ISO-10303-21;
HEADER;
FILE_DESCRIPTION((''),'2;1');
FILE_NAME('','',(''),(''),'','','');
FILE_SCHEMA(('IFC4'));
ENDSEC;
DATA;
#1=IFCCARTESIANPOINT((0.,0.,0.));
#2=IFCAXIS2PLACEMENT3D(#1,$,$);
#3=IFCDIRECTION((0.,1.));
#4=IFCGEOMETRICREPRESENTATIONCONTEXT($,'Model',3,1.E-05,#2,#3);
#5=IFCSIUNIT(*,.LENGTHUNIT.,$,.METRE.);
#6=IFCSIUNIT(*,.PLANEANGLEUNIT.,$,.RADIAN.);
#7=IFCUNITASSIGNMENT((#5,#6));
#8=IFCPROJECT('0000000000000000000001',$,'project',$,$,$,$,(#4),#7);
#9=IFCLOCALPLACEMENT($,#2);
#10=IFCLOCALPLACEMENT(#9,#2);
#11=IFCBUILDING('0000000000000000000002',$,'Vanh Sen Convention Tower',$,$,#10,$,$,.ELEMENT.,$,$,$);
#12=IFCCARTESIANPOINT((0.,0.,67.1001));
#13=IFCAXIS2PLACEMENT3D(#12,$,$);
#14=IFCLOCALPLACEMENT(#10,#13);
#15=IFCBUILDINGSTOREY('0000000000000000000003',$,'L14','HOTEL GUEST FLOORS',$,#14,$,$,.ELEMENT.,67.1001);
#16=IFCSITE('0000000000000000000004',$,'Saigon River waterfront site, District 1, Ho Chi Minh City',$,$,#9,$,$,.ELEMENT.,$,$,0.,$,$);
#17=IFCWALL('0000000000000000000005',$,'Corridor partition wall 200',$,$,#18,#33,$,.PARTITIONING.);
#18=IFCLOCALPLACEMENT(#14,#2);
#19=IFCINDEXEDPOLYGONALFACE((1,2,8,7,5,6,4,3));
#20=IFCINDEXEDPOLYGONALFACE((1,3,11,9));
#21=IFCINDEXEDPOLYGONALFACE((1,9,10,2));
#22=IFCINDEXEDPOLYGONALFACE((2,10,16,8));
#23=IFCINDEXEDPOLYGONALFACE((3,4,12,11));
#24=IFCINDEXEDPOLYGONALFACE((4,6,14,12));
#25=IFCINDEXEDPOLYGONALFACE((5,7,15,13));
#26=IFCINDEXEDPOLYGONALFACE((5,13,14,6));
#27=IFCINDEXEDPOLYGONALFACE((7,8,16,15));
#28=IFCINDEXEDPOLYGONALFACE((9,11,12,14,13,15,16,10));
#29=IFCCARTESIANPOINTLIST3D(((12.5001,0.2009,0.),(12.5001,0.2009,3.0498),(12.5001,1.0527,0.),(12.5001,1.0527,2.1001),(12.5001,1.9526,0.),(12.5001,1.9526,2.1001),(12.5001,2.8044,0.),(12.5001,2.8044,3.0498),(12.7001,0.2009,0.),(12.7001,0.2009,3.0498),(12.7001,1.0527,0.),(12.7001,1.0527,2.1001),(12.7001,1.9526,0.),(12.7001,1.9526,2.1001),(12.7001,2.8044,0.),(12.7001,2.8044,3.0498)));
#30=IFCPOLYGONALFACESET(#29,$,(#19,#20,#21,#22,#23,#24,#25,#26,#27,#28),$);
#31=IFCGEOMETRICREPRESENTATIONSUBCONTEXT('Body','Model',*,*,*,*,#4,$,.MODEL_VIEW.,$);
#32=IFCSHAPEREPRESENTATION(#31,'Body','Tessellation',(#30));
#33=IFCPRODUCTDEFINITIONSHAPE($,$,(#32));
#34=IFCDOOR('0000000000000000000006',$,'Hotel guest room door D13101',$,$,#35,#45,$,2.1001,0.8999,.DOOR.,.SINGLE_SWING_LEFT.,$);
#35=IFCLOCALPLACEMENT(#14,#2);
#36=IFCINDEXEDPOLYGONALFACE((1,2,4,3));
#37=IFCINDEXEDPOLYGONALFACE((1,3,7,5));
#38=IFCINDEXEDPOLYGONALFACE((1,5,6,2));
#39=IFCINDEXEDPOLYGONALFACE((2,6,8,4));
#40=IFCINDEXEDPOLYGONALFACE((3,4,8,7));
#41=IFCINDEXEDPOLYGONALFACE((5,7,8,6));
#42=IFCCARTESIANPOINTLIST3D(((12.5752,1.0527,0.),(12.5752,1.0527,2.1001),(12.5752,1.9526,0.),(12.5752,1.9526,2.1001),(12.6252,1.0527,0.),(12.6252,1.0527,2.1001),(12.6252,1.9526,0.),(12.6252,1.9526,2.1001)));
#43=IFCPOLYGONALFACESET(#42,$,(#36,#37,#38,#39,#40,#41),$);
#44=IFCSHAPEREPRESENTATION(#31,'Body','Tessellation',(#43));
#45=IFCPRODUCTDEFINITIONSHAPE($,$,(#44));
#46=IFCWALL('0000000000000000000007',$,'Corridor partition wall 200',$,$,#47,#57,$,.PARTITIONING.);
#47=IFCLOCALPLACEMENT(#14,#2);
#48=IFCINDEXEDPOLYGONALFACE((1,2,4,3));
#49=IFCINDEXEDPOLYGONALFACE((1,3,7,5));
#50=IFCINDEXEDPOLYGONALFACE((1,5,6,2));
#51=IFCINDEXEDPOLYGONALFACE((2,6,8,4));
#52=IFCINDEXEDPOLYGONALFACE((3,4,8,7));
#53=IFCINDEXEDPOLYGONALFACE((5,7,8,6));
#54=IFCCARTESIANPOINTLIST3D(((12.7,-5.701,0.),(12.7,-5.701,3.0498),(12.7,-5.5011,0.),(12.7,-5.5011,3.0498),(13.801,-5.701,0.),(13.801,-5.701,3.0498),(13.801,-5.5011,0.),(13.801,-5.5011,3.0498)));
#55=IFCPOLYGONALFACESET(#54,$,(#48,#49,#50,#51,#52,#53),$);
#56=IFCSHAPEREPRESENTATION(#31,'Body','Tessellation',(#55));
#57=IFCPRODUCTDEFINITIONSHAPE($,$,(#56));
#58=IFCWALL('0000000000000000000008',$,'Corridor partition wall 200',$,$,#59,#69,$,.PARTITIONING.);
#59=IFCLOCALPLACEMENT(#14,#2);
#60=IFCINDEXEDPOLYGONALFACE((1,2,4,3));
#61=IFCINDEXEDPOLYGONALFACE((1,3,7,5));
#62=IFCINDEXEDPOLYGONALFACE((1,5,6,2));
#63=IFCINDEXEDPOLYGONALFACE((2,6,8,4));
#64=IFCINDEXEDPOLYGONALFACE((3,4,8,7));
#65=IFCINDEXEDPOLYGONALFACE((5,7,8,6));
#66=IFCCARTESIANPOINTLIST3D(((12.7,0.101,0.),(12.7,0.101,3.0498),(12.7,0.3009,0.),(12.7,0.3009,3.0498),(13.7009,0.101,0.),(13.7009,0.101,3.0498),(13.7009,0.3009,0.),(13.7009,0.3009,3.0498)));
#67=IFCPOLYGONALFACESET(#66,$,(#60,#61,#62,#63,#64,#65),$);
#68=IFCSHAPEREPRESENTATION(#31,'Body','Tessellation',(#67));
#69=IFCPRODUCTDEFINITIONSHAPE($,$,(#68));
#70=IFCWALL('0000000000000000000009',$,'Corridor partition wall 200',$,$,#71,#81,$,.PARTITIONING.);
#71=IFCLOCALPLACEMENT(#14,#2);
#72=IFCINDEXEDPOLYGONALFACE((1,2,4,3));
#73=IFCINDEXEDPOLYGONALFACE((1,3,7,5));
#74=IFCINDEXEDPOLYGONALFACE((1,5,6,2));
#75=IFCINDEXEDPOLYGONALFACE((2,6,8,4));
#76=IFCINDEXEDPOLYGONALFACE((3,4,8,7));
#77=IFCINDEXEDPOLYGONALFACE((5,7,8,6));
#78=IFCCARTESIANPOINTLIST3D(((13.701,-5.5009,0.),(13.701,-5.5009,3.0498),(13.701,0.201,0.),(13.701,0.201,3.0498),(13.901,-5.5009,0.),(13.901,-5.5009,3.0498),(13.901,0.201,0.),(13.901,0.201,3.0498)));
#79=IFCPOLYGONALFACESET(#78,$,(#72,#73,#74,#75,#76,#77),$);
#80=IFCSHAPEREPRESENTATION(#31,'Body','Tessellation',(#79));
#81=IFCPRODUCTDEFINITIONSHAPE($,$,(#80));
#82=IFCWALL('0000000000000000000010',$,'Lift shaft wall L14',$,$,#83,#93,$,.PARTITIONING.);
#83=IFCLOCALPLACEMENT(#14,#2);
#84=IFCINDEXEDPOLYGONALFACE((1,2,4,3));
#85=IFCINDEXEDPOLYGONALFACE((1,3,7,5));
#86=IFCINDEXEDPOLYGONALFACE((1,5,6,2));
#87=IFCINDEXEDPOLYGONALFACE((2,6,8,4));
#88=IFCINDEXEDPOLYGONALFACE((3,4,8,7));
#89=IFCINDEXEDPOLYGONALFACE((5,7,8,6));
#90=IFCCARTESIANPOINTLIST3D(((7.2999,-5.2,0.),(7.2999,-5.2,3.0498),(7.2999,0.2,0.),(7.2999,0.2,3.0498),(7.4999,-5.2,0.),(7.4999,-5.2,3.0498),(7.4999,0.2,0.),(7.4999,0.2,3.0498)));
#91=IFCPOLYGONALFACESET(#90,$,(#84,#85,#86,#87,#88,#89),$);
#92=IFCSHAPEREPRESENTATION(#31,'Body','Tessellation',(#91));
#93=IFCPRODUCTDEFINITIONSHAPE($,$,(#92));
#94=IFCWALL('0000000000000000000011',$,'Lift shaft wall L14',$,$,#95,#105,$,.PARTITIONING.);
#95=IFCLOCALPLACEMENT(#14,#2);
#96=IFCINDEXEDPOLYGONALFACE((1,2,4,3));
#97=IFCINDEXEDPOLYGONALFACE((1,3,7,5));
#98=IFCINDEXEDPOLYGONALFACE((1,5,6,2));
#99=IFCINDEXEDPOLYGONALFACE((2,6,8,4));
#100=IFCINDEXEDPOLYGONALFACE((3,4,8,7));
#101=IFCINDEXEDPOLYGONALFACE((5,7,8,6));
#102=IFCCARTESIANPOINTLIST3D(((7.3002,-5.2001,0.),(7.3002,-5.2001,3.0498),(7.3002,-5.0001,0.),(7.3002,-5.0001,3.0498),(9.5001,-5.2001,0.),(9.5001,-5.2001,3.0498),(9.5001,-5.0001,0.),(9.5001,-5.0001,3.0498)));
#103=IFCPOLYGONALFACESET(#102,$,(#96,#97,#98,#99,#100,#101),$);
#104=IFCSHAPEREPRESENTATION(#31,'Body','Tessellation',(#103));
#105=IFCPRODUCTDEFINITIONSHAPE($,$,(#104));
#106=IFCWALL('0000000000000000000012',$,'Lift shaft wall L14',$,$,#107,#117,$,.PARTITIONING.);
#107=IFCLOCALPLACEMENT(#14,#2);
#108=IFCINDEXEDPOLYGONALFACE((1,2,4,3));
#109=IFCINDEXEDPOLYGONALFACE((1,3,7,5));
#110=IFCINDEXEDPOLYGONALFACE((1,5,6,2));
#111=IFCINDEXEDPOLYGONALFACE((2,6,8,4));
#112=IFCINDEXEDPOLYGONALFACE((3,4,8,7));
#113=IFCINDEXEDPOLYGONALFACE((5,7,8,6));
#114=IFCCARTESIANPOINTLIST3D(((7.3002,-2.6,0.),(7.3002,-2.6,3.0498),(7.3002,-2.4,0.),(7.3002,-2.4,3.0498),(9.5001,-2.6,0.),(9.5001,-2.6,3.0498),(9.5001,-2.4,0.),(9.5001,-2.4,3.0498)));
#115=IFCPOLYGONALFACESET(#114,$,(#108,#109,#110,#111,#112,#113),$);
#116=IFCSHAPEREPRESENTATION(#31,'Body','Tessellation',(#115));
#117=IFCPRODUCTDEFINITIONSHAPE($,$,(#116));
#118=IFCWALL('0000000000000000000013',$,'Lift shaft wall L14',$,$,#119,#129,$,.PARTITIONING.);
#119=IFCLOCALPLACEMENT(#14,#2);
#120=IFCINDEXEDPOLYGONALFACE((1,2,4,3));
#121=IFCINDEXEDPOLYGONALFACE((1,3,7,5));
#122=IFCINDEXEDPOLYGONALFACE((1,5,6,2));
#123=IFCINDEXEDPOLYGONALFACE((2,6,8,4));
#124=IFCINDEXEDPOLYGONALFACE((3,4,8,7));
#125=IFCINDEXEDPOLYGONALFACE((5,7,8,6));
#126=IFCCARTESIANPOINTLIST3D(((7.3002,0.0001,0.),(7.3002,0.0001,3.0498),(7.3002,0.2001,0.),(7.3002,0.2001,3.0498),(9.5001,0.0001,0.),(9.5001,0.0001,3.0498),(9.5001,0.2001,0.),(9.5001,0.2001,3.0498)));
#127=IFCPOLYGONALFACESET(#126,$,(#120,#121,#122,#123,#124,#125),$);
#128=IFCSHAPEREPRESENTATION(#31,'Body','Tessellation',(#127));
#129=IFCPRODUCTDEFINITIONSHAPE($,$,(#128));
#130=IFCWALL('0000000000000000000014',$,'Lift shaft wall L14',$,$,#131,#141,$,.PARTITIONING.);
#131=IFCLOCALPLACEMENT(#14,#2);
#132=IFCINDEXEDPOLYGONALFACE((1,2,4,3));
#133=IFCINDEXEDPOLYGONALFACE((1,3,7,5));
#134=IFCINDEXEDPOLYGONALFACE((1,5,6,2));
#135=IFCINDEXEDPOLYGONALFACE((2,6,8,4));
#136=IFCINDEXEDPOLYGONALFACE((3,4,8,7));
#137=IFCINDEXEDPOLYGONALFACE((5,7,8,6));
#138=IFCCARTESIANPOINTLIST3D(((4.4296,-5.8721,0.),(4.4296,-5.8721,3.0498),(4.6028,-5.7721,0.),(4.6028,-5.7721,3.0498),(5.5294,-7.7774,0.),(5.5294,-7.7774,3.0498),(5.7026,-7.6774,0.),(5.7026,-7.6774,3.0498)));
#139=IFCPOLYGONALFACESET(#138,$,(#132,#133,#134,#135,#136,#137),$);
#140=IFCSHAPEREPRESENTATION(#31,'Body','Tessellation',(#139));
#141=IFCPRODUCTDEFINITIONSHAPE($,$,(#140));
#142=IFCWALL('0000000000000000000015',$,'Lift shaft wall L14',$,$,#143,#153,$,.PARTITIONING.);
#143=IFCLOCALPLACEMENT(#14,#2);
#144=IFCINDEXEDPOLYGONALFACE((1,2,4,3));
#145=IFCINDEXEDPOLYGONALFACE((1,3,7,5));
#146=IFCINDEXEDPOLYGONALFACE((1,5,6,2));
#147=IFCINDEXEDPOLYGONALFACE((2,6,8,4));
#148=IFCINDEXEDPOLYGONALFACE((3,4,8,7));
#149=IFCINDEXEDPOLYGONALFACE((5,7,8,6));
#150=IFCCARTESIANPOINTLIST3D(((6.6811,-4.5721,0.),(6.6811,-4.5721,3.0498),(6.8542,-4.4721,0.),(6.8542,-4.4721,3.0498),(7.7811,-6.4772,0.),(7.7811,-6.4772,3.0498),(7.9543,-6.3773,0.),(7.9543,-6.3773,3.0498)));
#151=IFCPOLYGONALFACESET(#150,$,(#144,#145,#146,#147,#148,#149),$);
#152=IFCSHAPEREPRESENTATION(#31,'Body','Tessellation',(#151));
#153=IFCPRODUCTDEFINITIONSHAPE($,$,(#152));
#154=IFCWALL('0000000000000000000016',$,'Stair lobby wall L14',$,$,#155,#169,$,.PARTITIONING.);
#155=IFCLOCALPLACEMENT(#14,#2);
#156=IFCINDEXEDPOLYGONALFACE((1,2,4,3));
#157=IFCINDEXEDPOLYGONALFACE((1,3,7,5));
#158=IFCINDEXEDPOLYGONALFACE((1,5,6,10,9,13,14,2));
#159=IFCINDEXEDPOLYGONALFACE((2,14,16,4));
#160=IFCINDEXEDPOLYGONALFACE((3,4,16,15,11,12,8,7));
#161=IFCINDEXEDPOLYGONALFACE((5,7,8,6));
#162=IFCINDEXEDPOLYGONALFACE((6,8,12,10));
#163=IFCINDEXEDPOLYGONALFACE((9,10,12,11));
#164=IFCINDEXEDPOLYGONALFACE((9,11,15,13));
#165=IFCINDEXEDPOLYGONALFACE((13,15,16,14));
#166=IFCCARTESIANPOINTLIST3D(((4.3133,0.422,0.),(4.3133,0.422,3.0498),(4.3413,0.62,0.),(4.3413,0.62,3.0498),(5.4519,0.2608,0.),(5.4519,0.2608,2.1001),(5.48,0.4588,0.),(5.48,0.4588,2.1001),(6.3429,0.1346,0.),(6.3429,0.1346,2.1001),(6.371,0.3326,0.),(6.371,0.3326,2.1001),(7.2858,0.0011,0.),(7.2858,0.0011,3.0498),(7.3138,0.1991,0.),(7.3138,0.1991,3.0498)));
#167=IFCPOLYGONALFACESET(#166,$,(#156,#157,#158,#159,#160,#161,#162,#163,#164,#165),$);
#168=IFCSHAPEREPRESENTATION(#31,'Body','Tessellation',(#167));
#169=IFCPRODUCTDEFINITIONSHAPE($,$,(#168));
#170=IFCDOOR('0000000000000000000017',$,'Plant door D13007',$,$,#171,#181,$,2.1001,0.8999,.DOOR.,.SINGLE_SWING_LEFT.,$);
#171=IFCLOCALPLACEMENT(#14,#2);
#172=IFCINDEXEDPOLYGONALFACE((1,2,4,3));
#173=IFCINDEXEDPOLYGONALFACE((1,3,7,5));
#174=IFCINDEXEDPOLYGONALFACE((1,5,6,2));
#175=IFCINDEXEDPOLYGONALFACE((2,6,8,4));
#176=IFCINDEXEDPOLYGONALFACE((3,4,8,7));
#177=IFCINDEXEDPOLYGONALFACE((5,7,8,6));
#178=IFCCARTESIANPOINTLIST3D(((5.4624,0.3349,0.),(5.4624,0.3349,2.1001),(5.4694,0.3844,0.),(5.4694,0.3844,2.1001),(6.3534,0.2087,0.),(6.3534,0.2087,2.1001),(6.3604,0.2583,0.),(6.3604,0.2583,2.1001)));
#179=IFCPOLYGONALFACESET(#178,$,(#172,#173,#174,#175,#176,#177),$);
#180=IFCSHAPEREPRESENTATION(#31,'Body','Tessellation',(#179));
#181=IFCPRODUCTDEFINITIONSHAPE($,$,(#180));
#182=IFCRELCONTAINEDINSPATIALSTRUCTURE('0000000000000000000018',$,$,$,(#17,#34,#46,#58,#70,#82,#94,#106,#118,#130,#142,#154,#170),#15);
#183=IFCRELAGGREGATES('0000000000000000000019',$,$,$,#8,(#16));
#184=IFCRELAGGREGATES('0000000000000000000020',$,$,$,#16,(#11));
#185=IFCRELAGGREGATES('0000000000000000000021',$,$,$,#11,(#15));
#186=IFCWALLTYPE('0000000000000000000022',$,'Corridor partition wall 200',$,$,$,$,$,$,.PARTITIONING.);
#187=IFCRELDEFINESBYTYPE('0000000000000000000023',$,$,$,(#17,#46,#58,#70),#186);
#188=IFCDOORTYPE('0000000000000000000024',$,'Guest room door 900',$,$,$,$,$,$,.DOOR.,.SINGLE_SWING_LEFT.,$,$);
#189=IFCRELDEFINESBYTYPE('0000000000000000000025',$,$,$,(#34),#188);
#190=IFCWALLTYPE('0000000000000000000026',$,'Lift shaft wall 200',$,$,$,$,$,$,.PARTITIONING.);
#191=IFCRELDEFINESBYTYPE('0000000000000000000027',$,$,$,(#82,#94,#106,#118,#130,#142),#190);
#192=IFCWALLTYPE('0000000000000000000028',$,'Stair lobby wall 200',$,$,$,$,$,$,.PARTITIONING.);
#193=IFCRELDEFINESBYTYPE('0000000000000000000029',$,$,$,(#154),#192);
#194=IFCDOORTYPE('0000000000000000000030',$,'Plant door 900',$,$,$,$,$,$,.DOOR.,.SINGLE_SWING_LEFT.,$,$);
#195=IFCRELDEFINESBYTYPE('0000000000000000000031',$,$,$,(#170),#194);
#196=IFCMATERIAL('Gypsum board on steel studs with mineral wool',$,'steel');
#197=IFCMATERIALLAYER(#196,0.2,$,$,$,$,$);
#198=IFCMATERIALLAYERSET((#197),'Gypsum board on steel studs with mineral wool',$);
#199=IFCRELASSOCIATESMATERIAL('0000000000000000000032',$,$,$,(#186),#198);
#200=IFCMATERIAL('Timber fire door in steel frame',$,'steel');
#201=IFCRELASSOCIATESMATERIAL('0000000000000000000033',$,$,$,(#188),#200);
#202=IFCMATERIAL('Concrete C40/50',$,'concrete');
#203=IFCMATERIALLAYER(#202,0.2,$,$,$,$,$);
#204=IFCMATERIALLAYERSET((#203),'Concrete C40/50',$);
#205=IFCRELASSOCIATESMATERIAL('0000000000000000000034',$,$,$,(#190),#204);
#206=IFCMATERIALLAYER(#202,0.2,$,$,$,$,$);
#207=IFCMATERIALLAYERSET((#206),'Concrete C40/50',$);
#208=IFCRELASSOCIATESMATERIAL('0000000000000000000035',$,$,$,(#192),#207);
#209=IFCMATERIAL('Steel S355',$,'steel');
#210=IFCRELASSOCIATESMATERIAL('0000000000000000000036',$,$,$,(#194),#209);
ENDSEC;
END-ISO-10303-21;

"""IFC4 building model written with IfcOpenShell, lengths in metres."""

from ifc_helpers import new_model, si_unit, direction, frame, frame_2d, origin, place, context, subcontext, project, spatial, rectangle, extrude, material, layer, layer_set, type_object, element, fill, save


model = new_model("IFC4")

# Units and contexts
model_context = context("Model", 3, precision=1e-05, world=origin(), true_north=direction((0.0, 1.0)))
body_context = subcontext(model_context, "Body", "Model", "MODEL_VIEW")
ifc_project = project(units=[si_unit("LENGTHUNIT", "METRE"), si_unit("PLANEANGLEUNIT", "RADIAN")], contexts=[model_context])

# Site, building, storey
site_placement = place(None, origin())
site = spatial("IfcSite", under=ifc_project, at=site_placement, Name="Saigon River waterfront site, District 1, Ho Chi Minh City", CompositionType="ELEMENT", RefElevation=0.0)
building_placement = place(site_placement, origin())
building = spatial("IfcBuilding", under=site, at=building_placement, Name="Vanh Sen Convention Tower", CompositionType="ELEMENT")
storey_placement = place(building_placement, frame((0.0, 0.0, 67.1001)))
storey = spatial("IfcBuildingStorey", under=building, at=storey_placement, Name="L14", Description="HOTEL GUEST FLOORS", CompositionType="ELEMENT", Elevation=67.1001)

# Shared definitions
ifc_material_1 = material(Name="Steel S355", Category="steel")

# Shared definitions
ifc_material_2 = material(Name="Gypsum board on steel studs with mineral wool", Category="steel")
ifc_layer_1 = layer(ifc_material_2, 0.2)
ifc_layer_set_1 = layer_set([ifc_layer_1], Name="Gypsum board on steel studs with mineral wool")
wall_type_1 = type_object("IfcWallType", Name="Corridor partition wall 200", PredefinedType="PARTITIONING", material=ifc_layer_set_1)

# Shared definitions
ifc_material_3 = material(Name="Timber fire door in steel frame", Category="steel")
door_type_1 = type_object("IfcDoorType", Name="Guest room door 900", OperationType="SINGLE_SWING_LEFT", PredefinedType="DOOR", material=ifc_material_3)

# Wall, opening, door
wall_1_placement = place(storey_placement, frame((12.6001, 0.2009, 0.0), z_axis=(0.0, 0.0, 1.0), x_axis=(0.0, 1.0, 0.0)))
wall_1 = element("IfcWall", 1, at=wall_1_placement, inside=storey, type_object=wall_type_1, Name="Corridor partition wall 200", PredefinedType="PARTITIONING", context=body_context, shape_type="SweptSolid", body=[
    extrude(rectangle(XDim=2.6035, YDim=0.2, at=frame_2d((1.3018, 0.0))), origin(), (0.0, 0.0, 1.0), 3.0498),
])
opening_1_placement = place(wall_1_placement, frame((0.8518, 0.0, 0.0)))
opening_1 = element("IfcOpeningElement", 2, at=opening_1_placement, cuts=wall_1, PredefinedType="OPENING", context=body_context, shape_type="SweptSolid", body=[
    extrude(rectangle(XDim=0.8999, YDim=2.1001, at=frame_2d((0.45, 1.05))), frame((0.0, 0.1099, 0.0), z_axis=(0.0, -1.0, 0.0), x_axis=(1.0, 0.0, 0.0)), (0.0, 0.0, 1.0), 0.22),
])
door_1_placement = place(opening_1_placement, origin())
door_1 = element("IfcDoor", 3, at=door_1_placement, inside=storey, type_object=door_type_1, Name="Hotel guest room door D13101", OperationType="SINGLE_SWING_LEFT", OverallHeight=2.1001, OverallWidth=0.8999, PredefinedType="DOOR", context=body_context, shape_type="SweptSolid", body=[
    extrude(rectangle(XDim=0.8999, YDim=2.1001, at=frame_2d((0.45, 1.05))), frame((0.0, 0.0249, 0.0), z_axis=(0.0, -1.0, 0.0), x_axis=(1.0, 0.0, 0.0)), (0.0, 0.0, 1.0), 0.05),
])
fill(opening_1, door_1)

# Walls
wall_2_placement = place(storey_placement, frame((12.7, -5.6011, 0.0), z_axis=(0.0, 0.0, 1.0), x_axis=(1.0, 0.0, 0.0)))
element("IfcWall", 4, at=wall_2_placement, inside=storey, type_object=wall_type_1, Name="Corridor partition wall 200", PredefinedType="PARTITIONING", context=body_context, shape_type="SweptSolid", body=[
    extrude(rectangle(XDim=1.1011, YDim=0.2, at=frame_2d((0.5505, 0.0))), origin(), (0.0, 0.0, 1.0), 3.0498),
])
wall_3_placement = place(storey_placement, frame((13.7009, 0.2009, 0.0), z_axis=(0.0, 0.0, 1.0), x_axis=(-1.0, 0.0, 0.0)))
element("IfcWall", 5, at=wall_3_placement, inside=storey, type_object=wall_type_1, Name="Corridor partition wall 200", PredefinedType="PARTITIONING", context=body_context, shape_type="SweptSolid", body=[
    extrude(rectangle(XDim=1.001, YDim=0.2, at=frame_2d((0.5005, 0.0))), origin(), (0.0, 0.0, 1.0), 3.0498),
])
wall_4_placement = place(storey_placement, frame((13.801, -5.501, 0.0), z_axis=(0.0, 0.0, 1.0), x_axis=(0.0, 1.0, 0.0)))
element("IfcWall", 6, at=wall_4_placement, inside=storey, type_object=wall_type_1, Name="Corridor partition wall 200", PredefinedType="PARTITIONING", context=body_context, shape_type="SweptSolid", body=[
    extrude(rectangle(XDim=5.7019, YDim=0.2, at=frame_2d((2.8511, 0.0))), origin(), (0.0, 0.0, 1.0), 3.0498),
])
ifc_material_4 = material(Name="Concrete C40/50", Category="concrete")
ifc_layer_2 = layer(ifc_material_4, 0.2)
ifc_layer_set_2 = layer_set([ifc_layer_2], Name="Concrete C40/50")
wall_type_2 = type_object("IfcWallType", Name="Lift shaft wall 200", PredefinedType="PARTITIONING", material=ifc_layer_set_2)
wall_5_placement = place(storey_placement, frame((7.3999, -5.2, 0.0), z_axis=(0.0, 0.0, 1.0), x_axis=(0.0, 1.0, 0.0)))
element("IfcWall", 7, at=wall_5_placement, inside=storey, type_object=wall_type_2, Name="Lift shaft wall L14", PredefinedType="PARTITIONING", context=body_context, shape_type="SweptSolid", body=[
    extrude(rectangle(XDim=5.3999, YDim=0.2, at=frame_2d((2.7, 0.0))), origin(), (0.0, 0.0, 1.0), 3.0498),
])
for number, where, z_axis, x_axis, name in (
    (8, (7.3, -5.1001, 0.0), (0.0, 0.0, 1.0), (1.0, 0.0, 0.0), "Lift shaft wall L14"),
    (9, (7.3, -2.5, 0.0), (0.0, 0.0, 1.0), (1.0, 0.0, 0.0), "Lift shaft wall L14"),
    (10, (7.3, 0.1001, 0.0), (0.0, 0.0, 1.0), (1.0, 0.0, 0.0), "Lift shaft wall L14"),
    (11, (4.5161, -5.822, 0.0), (0.0, 0.0, 1.0), (0.499947, -0.866056, 0.0), "Lift shaft wall L14"),
    (12, (6.7676, -4.522, 0.0), (0.0, 0.0, 1.0), (0.50003, -0.866008, 0.0), "Lift shaft wall L14"),
):
    element("IfcWall", number, at=place(storey_placement, frame(where, z_axis=z_axis, x_axis=x_axis)), inside=storey, type_object=wall_type_2, Name=name, PredefinedType="PARTITIONING", context=body_context, shape_type="SweptSolid", body=[
        extrude(rectangle(XDim=2.2, YDim=0.2, at=frame_2d((1.1001, 0.0))), origin(), (0.0, 0.0, 1.0), 3.0498),
    ])

# Wall, opening, door
ifc_layer_3 = layer(ifc_material_4, 0.2)
ifc_layer_set_3 = layer_set([ifc_layer_3], Name="Concrete C40/50")
wall_type_3 = type_object("IfcWallType", Name="Stair lobby wall 200", PredefinedType="PARTITIONING", material=ifc_layer_set_3)
wall_6_placement = place(storey_placement, frame((4.3274, 0.521, 0.0), z_axis=(0.0, 0.0, 1.0), x_axis=(0.990124, -0.140192, 0.0)))
wall_6 = element("IfcWall", 13, at=wall_6_placement, inside=storey, type_object=wall_type_3, Name="Stair lobby wall L14", PredefinedType="PARTITIONING", context=body_context, shape_type="SweptSolid", body=[
    extrude(rectangle(XDim=3.0022, YDim=0.2, at=frame_2d((1.501, 0.0))), origin(), (0.0, 0.0, 1.0), 3.0498),
])
opening_2_placement = place(wall_6_placement, frame((1.1499, 0.0, 0.0)))
opening_2 = element("IfcOpeningElement", 14, at=opening_2_placement, cuts=wall_6, PredefinedType="OPENING", context=body_context, shape_type="SweptSolid", body=[
    extrude(rectangle(XDim=0.8999, YDim=2.1001, at=frame_2d((0.45, 1.05))), frame((0.0, 0.1099, 0.0), z_axis=(0.0, -1.0, 0.0), x_axis=(1.0, 0.0, 0.0)), (0.0, 0.0, 1.0), 0.22),
])
door_type_2 = type_object("IfcDoorType", Name="Plant door 900", OperationType="SINGLE_SWING_LEFT", PredefinedType="DOOR", material=ifc_material_1)
door_2_placement = place(opening_2_placement, origin())
door_2 = element("IfcDoor", 15, at=door_2_placement, inside=storey, type_object=door_type_2, Name="Plant door D13007", OperationType="SINGLE_SWING_LEFT", OverallHeight=2.1001, OverallWidth=0.8999, PredefinedType="DOOR", context=body_context, shape_type="SweptSolid", body=[
    extrude(rectangle(XDim=0.8999, YDim=2.1001, at=frame_2d((0.45, 1.05))), frame((0.0, 0.0249, 0.0), z_axis=(0.0, -1.0, 0.0), x_axis=(1.0, 0.0, 0.0)), (0.0, 0.0, 1.0), 0.05),
])
fill(opening_2, door_2)

save(model, "model.ifc")
